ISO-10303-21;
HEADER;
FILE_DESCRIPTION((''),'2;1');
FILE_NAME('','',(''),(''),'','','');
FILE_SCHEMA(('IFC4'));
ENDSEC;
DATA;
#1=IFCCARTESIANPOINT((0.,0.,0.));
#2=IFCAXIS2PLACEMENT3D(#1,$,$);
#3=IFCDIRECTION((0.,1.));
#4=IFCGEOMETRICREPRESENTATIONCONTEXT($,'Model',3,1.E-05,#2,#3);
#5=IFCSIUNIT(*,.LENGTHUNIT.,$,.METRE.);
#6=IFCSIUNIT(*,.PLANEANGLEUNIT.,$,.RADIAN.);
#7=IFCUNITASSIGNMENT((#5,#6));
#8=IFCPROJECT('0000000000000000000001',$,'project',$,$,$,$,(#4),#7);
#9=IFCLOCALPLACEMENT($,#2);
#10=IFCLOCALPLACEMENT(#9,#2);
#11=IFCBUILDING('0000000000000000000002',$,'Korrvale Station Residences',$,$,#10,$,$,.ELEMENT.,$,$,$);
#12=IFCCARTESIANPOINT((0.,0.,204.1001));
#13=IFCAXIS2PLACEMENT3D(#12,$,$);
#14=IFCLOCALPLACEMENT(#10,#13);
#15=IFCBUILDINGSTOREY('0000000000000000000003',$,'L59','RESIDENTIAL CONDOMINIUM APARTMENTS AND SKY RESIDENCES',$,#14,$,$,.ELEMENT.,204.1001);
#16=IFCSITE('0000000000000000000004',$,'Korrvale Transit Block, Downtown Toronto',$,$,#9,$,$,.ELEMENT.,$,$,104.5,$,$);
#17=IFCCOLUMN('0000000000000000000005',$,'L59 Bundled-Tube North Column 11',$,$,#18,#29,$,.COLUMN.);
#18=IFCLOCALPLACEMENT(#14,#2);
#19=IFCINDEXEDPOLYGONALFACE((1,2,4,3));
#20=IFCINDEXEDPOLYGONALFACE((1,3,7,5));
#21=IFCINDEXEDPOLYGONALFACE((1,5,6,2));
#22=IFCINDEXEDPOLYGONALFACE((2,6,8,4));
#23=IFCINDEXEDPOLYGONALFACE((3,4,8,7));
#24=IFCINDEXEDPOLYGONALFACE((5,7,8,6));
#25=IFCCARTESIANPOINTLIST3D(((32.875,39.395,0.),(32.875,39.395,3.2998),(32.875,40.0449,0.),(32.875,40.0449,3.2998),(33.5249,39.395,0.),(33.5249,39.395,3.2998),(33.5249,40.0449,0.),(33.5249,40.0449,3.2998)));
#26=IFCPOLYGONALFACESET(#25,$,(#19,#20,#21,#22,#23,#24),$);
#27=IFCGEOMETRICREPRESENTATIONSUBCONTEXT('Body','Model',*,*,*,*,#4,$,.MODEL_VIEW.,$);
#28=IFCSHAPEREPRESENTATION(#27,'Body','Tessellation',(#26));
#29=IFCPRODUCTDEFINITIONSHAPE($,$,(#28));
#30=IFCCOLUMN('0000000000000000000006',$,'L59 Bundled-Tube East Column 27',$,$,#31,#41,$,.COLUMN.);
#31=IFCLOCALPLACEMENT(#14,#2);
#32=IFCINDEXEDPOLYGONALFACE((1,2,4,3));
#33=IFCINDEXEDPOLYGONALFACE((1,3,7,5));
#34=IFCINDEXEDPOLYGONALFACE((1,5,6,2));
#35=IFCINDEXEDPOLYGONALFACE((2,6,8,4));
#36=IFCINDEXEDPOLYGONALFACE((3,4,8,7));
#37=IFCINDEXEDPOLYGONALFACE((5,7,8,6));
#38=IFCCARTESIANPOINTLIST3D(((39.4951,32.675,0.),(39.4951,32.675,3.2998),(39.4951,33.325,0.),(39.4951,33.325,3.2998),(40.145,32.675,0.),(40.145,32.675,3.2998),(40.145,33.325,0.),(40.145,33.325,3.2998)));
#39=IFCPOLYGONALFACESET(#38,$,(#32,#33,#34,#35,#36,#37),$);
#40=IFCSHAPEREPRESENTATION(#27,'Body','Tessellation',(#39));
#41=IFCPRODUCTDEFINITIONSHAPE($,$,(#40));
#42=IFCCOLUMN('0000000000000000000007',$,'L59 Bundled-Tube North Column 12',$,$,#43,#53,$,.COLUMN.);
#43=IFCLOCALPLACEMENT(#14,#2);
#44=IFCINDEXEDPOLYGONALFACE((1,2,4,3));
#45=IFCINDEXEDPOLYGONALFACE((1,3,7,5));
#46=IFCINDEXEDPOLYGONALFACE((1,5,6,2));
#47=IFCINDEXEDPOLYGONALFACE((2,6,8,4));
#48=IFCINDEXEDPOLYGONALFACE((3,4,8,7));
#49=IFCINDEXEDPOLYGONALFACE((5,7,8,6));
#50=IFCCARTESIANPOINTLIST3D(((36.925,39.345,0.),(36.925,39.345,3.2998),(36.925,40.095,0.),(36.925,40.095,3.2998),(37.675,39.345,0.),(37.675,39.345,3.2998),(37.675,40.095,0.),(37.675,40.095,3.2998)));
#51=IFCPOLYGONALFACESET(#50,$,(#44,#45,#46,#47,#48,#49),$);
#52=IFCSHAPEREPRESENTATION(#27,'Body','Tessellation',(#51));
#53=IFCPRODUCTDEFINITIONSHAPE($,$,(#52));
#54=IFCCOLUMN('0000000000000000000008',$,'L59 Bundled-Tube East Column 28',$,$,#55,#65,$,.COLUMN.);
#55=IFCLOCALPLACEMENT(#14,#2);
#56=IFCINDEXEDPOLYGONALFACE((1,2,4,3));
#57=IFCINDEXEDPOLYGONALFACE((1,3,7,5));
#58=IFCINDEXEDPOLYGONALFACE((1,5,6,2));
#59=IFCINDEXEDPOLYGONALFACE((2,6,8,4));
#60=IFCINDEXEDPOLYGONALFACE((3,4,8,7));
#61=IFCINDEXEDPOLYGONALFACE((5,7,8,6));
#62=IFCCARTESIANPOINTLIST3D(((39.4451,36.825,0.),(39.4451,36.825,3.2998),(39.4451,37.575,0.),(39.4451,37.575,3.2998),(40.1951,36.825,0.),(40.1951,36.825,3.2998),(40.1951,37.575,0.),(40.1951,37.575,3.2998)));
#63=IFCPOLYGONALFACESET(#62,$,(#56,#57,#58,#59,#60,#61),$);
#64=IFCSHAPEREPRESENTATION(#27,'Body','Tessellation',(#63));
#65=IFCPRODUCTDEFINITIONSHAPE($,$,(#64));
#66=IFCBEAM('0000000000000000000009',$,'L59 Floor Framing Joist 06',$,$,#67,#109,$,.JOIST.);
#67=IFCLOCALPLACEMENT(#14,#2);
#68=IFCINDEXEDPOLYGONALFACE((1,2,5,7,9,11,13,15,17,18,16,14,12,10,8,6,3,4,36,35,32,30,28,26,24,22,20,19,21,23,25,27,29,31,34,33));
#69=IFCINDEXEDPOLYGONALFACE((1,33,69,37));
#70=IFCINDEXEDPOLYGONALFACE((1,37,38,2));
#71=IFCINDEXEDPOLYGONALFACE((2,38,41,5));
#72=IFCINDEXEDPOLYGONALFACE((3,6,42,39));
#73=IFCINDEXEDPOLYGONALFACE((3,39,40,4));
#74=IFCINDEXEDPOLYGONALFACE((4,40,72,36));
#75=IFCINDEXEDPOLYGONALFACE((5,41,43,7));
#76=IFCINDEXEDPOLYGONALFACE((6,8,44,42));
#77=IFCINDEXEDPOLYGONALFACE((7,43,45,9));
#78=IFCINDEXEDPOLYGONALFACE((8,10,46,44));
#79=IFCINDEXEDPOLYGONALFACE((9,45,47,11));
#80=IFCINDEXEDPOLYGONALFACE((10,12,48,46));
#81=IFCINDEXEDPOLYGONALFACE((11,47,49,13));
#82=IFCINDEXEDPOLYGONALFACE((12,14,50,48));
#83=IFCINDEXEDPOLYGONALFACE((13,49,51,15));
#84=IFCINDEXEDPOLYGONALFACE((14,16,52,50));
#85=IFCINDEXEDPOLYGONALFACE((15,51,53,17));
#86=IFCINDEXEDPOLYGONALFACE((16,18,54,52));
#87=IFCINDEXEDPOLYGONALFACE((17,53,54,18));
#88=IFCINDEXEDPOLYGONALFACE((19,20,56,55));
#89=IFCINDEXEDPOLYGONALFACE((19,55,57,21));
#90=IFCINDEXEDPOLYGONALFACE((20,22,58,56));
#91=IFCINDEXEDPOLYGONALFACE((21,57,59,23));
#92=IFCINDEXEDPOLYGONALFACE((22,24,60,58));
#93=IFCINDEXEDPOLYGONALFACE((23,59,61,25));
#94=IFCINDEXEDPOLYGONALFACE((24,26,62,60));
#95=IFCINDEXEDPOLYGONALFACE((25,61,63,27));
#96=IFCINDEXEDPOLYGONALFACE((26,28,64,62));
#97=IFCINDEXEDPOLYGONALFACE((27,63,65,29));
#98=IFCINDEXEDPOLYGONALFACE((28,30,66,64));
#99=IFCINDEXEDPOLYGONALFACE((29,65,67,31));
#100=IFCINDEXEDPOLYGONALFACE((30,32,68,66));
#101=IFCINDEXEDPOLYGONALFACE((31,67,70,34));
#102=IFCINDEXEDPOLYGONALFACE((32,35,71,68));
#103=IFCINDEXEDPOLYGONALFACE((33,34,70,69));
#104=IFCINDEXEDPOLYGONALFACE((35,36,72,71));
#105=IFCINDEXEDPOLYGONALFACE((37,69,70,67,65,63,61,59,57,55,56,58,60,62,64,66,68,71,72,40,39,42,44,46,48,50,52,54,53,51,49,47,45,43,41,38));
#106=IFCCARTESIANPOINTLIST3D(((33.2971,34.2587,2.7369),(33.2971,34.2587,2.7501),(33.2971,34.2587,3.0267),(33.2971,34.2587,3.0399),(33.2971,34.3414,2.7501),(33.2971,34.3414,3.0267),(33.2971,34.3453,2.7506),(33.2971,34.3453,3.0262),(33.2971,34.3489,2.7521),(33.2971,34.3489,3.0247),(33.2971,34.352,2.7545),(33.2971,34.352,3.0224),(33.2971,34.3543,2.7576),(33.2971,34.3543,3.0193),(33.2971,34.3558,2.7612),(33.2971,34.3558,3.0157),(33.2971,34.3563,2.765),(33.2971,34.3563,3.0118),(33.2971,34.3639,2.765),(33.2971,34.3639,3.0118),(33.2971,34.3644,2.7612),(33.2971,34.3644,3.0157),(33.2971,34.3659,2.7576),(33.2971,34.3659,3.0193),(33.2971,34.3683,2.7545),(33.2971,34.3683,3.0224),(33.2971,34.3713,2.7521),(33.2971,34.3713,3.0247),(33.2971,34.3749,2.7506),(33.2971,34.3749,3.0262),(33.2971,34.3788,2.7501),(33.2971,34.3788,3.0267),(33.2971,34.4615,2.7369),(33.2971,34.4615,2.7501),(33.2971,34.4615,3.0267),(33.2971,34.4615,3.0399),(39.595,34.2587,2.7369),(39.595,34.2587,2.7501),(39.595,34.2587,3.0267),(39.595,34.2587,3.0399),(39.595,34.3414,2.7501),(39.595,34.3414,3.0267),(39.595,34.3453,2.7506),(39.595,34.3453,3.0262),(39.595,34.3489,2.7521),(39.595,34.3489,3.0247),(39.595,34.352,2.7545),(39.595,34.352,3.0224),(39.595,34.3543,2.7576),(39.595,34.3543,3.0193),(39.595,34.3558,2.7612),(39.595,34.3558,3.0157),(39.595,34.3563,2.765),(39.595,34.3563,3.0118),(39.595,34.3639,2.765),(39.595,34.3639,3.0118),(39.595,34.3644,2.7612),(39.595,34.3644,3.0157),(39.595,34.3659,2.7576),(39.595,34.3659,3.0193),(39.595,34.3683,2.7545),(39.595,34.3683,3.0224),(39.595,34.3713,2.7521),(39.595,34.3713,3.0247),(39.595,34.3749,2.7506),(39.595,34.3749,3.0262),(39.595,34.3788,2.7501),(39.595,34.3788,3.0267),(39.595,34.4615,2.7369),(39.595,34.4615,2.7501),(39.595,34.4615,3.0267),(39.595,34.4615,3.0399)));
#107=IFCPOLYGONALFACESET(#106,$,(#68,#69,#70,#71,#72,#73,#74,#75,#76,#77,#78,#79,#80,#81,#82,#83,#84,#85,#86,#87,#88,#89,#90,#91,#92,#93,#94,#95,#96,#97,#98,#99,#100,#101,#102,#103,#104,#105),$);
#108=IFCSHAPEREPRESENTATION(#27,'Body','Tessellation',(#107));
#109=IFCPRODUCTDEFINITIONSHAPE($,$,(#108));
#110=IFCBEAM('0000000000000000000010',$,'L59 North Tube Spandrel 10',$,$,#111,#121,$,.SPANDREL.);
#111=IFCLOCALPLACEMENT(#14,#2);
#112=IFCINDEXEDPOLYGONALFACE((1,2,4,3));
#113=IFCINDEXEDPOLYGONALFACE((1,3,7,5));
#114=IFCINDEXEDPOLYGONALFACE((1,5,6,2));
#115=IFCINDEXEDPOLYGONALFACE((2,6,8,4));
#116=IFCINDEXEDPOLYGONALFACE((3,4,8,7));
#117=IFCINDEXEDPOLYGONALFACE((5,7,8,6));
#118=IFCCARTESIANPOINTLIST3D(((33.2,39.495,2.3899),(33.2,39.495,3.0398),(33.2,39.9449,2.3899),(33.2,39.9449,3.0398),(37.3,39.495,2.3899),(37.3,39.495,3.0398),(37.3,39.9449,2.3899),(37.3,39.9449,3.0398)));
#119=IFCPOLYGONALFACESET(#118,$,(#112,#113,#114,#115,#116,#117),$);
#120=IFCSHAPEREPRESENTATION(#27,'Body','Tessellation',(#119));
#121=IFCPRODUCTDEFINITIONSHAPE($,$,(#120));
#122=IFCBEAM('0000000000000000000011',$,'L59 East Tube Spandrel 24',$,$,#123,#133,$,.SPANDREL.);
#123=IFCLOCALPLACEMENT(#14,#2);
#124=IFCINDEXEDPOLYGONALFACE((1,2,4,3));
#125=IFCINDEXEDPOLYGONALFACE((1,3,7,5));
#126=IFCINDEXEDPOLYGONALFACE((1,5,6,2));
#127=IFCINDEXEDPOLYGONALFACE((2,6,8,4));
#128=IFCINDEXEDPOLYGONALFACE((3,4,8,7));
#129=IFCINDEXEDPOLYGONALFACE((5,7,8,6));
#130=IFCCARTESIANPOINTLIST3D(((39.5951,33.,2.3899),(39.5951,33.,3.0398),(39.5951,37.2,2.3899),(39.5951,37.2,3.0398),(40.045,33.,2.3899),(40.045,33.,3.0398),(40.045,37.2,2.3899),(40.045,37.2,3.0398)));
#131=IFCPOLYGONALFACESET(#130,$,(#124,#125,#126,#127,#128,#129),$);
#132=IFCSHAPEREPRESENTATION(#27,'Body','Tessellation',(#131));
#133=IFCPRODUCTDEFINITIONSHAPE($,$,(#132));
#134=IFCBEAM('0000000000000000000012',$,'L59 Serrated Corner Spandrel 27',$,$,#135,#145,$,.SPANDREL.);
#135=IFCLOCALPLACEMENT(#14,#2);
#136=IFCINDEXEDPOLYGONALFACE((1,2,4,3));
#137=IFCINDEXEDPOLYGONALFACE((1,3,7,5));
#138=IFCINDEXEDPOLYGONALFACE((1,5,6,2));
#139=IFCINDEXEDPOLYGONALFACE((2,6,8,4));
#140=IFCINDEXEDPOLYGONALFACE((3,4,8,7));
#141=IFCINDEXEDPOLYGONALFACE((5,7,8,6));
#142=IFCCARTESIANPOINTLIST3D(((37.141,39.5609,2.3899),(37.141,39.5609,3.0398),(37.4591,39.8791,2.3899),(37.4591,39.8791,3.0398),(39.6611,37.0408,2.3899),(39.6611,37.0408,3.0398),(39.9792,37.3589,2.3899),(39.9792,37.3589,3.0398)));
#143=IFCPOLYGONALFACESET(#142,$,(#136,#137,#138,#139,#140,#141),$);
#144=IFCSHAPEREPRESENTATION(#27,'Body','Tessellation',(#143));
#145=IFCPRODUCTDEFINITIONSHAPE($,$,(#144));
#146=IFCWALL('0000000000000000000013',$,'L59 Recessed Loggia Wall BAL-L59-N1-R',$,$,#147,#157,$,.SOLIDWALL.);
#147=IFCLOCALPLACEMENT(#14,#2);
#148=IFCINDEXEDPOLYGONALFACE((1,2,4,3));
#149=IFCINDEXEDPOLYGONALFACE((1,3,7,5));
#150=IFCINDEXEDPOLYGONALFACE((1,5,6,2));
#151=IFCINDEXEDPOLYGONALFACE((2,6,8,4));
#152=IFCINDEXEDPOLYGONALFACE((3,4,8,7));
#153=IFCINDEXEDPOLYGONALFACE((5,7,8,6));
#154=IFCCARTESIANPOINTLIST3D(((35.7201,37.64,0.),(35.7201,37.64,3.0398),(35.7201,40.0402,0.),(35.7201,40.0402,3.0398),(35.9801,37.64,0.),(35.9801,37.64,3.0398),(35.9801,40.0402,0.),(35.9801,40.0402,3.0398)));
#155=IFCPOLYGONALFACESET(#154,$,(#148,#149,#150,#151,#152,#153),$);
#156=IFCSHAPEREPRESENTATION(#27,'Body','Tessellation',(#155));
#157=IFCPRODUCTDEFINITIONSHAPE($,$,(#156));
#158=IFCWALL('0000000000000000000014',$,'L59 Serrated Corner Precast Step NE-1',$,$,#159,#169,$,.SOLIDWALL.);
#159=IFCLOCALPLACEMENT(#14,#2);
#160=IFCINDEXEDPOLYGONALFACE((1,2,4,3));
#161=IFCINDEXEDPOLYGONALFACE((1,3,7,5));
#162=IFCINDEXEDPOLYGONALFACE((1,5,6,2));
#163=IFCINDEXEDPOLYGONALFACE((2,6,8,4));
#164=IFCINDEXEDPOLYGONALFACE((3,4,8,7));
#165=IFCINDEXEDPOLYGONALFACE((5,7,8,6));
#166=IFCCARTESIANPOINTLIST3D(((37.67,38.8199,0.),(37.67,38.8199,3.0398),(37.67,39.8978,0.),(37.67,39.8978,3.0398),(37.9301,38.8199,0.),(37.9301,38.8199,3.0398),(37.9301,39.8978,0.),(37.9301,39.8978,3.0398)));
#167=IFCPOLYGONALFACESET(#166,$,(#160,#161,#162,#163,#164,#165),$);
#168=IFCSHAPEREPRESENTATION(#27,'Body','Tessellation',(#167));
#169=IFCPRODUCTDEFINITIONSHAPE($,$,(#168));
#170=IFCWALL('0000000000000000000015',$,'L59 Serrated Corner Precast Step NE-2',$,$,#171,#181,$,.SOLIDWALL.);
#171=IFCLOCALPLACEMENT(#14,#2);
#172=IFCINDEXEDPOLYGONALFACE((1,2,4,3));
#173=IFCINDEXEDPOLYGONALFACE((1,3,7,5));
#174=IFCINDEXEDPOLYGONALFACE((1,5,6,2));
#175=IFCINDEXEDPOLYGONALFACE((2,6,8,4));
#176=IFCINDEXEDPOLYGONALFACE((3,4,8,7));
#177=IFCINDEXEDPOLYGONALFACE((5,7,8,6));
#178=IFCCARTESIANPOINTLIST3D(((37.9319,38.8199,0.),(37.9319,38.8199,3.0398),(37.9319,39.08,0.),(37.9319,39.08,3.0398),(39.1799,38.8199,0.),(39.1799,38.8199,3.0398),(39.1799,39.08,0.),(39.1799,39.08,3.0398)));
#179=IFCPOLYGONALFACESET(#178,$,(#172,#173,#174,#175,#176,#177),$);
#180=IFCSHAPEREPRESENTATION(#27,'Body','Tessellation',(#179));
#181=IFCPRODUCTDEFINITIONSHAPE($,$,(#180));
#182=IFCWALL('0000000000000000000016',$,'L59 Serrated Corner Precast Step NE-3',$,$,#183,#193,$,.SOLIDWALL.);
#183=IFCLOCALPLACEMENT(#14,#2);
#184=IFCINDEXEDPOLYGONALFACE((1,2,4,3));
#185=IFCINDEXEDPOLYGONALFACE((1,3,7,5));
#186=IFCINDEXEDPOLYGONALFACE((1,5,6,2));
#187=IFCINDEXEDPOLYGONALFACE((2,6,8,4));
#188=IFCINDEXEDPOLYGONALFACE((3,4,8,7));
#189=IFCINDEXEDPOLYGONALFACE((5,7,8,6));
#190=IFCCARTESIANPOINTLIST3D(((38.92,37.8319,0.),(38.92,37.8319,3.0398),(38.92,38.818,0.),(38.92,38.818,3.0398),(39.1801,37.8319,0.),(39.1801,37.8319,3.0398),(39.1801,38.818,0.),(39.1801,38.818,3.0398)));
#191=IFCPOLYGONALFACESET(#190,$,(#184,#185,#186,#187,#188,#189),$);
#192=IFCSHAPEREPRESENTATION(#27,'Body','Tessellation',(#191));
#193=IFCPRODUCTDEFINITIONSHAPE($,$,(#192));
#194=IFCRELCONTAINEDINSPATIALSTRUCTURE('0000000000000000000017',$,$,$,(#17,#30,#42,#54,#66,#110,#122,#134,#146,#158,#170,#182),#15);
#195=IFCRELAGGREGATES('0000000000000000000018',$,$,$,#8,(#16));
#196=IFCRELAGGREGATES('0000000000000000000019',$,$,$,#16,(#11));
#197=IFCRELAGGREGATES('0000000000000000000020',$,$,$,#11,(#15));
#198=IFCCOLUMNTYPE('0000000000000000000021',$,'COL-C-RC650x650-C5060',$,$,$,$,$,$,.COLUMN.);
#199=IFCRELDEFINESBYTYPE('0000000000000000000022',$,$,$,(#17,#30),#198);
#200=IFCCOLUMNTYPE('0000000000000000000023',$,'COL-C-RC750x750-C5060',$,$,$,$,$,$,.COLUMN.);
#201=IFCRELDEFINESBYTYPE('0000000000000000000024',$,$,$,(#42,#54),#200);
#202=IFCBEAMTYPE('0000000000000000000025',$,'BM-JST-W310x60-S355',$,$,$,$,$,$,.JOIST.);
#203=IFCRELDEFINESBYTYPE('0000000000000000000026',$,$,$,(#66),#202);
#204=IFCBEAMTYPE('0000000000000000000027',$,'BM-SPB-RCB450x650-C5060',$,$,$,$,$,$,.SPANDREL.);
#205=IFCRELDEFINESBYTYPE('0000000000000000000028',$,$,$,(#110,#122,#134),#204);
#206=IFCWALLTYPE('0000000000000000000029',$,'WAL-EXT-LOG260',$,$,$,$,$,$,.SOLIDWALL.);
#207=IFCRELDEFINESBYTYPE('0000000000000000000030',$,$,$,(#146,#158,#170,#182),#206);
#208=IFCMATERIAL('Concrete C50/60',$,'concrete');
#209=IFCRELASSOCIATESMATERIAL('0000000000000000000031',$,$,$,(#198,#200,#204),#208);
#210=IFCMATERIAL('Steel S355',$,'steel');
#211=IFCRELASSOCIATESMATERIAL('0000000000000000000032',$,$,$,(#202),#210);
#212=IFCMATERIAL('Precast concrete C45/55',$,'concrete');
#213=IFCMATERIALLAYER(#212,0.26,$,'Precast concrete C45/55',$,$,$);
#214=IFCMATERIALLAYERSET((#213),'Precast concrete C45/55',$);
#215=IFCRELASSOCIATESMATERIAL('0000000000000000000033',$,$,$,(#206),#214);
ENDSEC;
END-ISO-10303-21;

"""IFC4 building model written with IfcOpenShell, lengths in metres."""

from ifc_helpers import new_model, si_unit, direction, frame, frame_2d, origin, origin_2d, place, context, subcontext, project, spatial, rectangle, i_section, extrude, material, layer, layer_set, material_profile, profile_set, type_object, element, save


model = new_model("IFC4")

# Units and contexts
model_context = context("Model", 3, precision=1e-05, world=origin(), true_north=direction((0.0, 1.0)))
body_context = subcontext(model_context, "Body", "Model", "MODEL_VIEW")
ifc_project = project(units=[si_unit("LENGTHUNIT", "METRE"), si_unit("PLANEANGLEUNIT", "RADIAN")], contexts=[model_context])

# Site, building, storey
site_placement = place(None, origin())
site = spatial("IfcSite", under=ifc_project, at=site_placement, Name="Korrvale Transit Block, Downtown Toronto", CompositionType="ELEMENT", RefElevation=104.5)
building_placement = place(site_placement, origin())
building = spatial("IfcBuilding", under=site, at=building_placement, Name="Korrvale Station Residences", CompositionType="ELEMENT")
storey_placement = place(building_placement, frame((0.0, 0.0, 204.1001)))
storey = spatial("IfcBuildingStorey", under=building, at=storey_placement, Name="L59", Description="RESIDENTIAL CONDOMINIUM APARTMENTS AND SKY RESIDENCES", CompositionType="ELEMENT", Elevation=204.1001)

# Columns
ifc_material_1 = material(Name="Concrete C50/60", Category="concrete")
ifc_material_profile_1 = material_profile(ifc_material_1, rectangle(XDim=0.6499, YDim=0.6499, at=origin_2d()), Name="RC650x650")
ifc_profile_set_1 = profile_set([ifc_material_profile_1], Name="Concrete C50/60")
column_type_1 = type_object("IfcColumnType", Name="COL-C-RC650x650-C5060", PredefinedType="COLUMN", material=ifc_profile_set_1)
for number, where, z_axis, x_axis, name in (
    (1, (33.2, 39.72, 0.0), (0.0, 0.0, 1.0), (1.0, 0.0, 0.0), "L59 Bundled-Tube North Column 11"),
    (2, (39.8201, 33.0, 0.0), (0.0, 0.0, 1.0), (1.0, 0.0, 0.0), "L59 Bundled-Tube East Column 27"),
):
    element("IfcColumn", number, at=place(storey_placement, frame(where, z_axis=z_axis, x_axis=x_axis)), inside=storey, type_object=column_type_1, Name=name, PredefinedType="COLUMN", context=body_context, shape_type="SweptSolid", body=[
        extrude(rectangle(XDim=0.6499, YDim=0.6499, at=origin_2d()), origin(), (0.0, 0.0, 1.0), 3.2998),
    ])
ifc_material_profile_2 = material_profile(ifc_material_1, rectangle(XDim=0.75, YDim=0.75, at=origin_2d()), Name="RC750x750")
ifc_profile_set_2 = profile_set([ifc_material_profile_2], Name="Concrete C50/60")
column_type_2 = type_object("IfcColumnType", Name="COL-C-RC750x750-C5060", PredefinedType="COLUMN", material=ifc_profile_set_2)
for number, where, z_axis, x_axis, name in (
    (3, (37.3, 39.72, 0.0), (0.0, 0.0, 1.0), (1.0, 0.0, 0.0), "L59 Bundled-Tube North Column 12"),
    (4, (39.8201, 37.2, 0.0), (0.0, 0.0, 1.0), (1.0, 0.0, 0.0), "L59 Bundled-Tube East Column 28"),
):
    element("IfcColumn", number, at=place(storey_placement, frame(where, z_axis=z_axis, x_axis=x_axis)), inside=storey, type_object=column_type_2, Name=name, PredefinedType="COLUMN", context=body_context, shape_type="SweptSolid", body=[
        extrude(rectangle(XDim=0.75, YDim=0.75, at=origin_2d()), origin(), (0.0, 0.0, 1.0), 3.2998),
    ])

# Beams
ifc_material_2 = material(Name="Steel S355", Category="steel")
ifc_material_profile_3 = material_profile(ifc_material_2, i_section(OverallWidth=0.2029, OverallDepth=0.303, WebThickness=0.0076, FlangeThickness=0.0132, FilletRadius=0.0149, at=origin_2d()), Name="W310x60")
ifc_profile_set_3 = profile_set([ifc_material_profile_3], Name="Steel S355")
beam_type_1 = type_object("IfcBeamType", Name="BM-JST-W310x60-S355", PredefinedType="JOIST", material=ifc_profile_set_3)
beam_1_placement = place(storey_placement, frame((33.2971, 34.3601, 2.8884), z_axis=(1.0, 0.0, 0.0), x_axis=(0.0, 1.0, 0.0)))
element("IfcBeam", 5, at=beam_1_placement, inside=storey, type_object=beam_type_1, Name="L59 Floor Framing Joist 06", PredefinedType="JOIST", context=body_context, shape_type="SweptSolid", body=[
    extrude(i_section(OverallWidth=0.2029, OverallDepth=0.303, WebThickness=0.0076, FlangeThickness=0.0132, FilletRadius=0.0149, at=origin_2d()), origin(), (0.0, 0.0, 1.0), 6.2979),
])
ifc_material_profile_4 = material_profile(ifc_material_1, rectangle(XDim=0.45, YDim=0.6499, at=origin_2d()), Name="RCB450x650")
ifc_profile_set_4 = profile_set([ifc_material_profile_4], Name="Concrete C50/60")
beam_type_2 = type_object("IfcBeamType", Name="BM-SPB-RCB450x650-C5060", PredefinedType="SPANDREL", material=ifc_profile_set_4)
beam_2_placement = place(storey_placement, frame((33.2, 39.72, 2.7148), z_axis=(1.0, 0.0, 0.0), x_axis=(0.0, 1.0, 0.0)))
element("IfcBeam", 6, at=beam_2_placement, inside=storey, type_object=beam_type_2, Name="L59 North Tube Spandrel 10", PredefinedType="SPANDREL", context=body_context, shape_type="SweptSolid", body=[
    extrude(rectangle(XDim=0.45, YDim=0.6499, at=origin_2d()), origin(), (0.0, 0.0, 1.0), 4.1001),
])
beam_3_placement = place(storey_placement, frame((39.8201, 33.0, 2.7148), z_axis=(0.0, 1.0, 0.0), x_axis=(-1.0, 0.0, 0.0)))
element("IfcBeam", 7, at=beam_3_placement, inside=storey, type_object=beam_type_2, Name="L59 East Tube Spandrel 24", PredefinedType="SPANDREL", context=body_context, shape_type="SweptSolid", body=[
    extrude(rectangle(XDim=0.45, YDim=0.6499, at=origin_2d()), origin(), (0.0, 0.0, 1.0), 4.2),
])
beam_4_placement = place(storey_placement, frame((37.3, 39.72, 2.7148), z_axis=(0.707107, -0.707107, 0.0), x_axis=(0.707107, 0.707107, 0.0)))
element("IfcBeam", 8, at=beam_4_placement, inside=storey, type_object=beam_type_2, Name="L59 Serrated Corner Spandrel 27", PredefinedType="SPANDREL", context=body_context, shape_type="SweptSolid", body=[
    extrude(rectangle(XDim=0.45, YDim=0.6499, at=origin_2d()), origin(), (0.0, 0.0, 1.0), 3.564),
])

# Walls
ifc_material_3 = material(Name="Precast concrete C45/55", Category="concrete")
ifc_layer_1 = layer(ifc_material_3, 0.26, Name="Precast concrete C45/55")
ifc_layer_set_1 = layer_set([ifc_layer_1], Name="Precast concrete C45/55")
wall_type_1 = type_object("IfcWallType", Name="WAL-EXT-LOG260", PredefinedType="SOLIDWALL", material=ifc_layer_set_1)
wall_1_placement = place(storey_placement, frame((35.8501, 37.6399, 0.0), z_axis=(0.0, 0.0, 1.0), x_axis=(0.0, 1.0, 0.0)))
element("IfcWall", 9, at=wall_1_placement, inside=storey, type_object=wall_type_1, Name="L59 Recessed Loggia Wall BAL-L59-N1-R", PredefinedType="SOLIDWALL", context=body_context, shape_type="SweptSolid", body=[
    extrude(rectangle(XDim=2.4001, YDim=0.26, at=frame_2d((1.2002, 0.0))), origin(), (0.0, 0.0, 1.0), 3.0398),
])
wall_2_placement = place(storey_placement, frame((37.8, 39.8979, 0.0), z_axis=(0.0, 0.0, 1.0), x_axis=(0.0, -1.0, 0.0)))
element("IfcWall", 10, at=wall_2_placement, inside=storey, type_object=wall_type_1, Name="L59 Serrated Corner Precast Step NE-1", PredefinedType="SOLIDWALL", context=body_context, shape_type="SweptSolid", body=[
    extrude(rectangle(XDim=1.0779, YDim=0.26, at=frame_2d((0.5391, 0.0))), origin(), (0.0, 0.0, 1.0), 3.0398),
])
wall_3_placement = place(storey_placement, frame((37.9319, 38.95, 0.0), z_axis=(0.0, 0.0, 1.0), x_axis=(1.0, 0.0, 0.0)))
element("IfcWall", 11, at=wall_3_placement, inside=storey, type_object=wall_type_1, Name="L59 Serrated Corner Precast Step NE-2", PredefinedType="SOLIDWALL", context=body_context, shape_type="SweptSolid", body=[
    extrude(rectangle(XDim=1.248, YDim=0.26, at=frame_2d((0.624, 0.0))), origin(), (0.0, 0.0, 1.0), 3.0398),
])
wall_4_placement = place(storey_placement, frame((39.05, 38.8181, 0.0), z_axis=(0.0, 0.0, 1.0), x_axis=(0.0, -1.0, 0.0)))
element("IfcWall", 12, at=wall_4_placement, inside=storey, type_object=wall_type_1, Name="L59 Serrated Corner Precast Step NE-3", PredefinedType="SOLIDWALL", context=body_context, shape_type="SweptSolid", body=[
    extrude(rectangle(XDim=0.9861, YDim=0.26, at=frame_2d((0.4932, 0.0))), origin(), (0.0, 0.0, 1.0), 3.0398),
])

save(model, "model.ifc")
